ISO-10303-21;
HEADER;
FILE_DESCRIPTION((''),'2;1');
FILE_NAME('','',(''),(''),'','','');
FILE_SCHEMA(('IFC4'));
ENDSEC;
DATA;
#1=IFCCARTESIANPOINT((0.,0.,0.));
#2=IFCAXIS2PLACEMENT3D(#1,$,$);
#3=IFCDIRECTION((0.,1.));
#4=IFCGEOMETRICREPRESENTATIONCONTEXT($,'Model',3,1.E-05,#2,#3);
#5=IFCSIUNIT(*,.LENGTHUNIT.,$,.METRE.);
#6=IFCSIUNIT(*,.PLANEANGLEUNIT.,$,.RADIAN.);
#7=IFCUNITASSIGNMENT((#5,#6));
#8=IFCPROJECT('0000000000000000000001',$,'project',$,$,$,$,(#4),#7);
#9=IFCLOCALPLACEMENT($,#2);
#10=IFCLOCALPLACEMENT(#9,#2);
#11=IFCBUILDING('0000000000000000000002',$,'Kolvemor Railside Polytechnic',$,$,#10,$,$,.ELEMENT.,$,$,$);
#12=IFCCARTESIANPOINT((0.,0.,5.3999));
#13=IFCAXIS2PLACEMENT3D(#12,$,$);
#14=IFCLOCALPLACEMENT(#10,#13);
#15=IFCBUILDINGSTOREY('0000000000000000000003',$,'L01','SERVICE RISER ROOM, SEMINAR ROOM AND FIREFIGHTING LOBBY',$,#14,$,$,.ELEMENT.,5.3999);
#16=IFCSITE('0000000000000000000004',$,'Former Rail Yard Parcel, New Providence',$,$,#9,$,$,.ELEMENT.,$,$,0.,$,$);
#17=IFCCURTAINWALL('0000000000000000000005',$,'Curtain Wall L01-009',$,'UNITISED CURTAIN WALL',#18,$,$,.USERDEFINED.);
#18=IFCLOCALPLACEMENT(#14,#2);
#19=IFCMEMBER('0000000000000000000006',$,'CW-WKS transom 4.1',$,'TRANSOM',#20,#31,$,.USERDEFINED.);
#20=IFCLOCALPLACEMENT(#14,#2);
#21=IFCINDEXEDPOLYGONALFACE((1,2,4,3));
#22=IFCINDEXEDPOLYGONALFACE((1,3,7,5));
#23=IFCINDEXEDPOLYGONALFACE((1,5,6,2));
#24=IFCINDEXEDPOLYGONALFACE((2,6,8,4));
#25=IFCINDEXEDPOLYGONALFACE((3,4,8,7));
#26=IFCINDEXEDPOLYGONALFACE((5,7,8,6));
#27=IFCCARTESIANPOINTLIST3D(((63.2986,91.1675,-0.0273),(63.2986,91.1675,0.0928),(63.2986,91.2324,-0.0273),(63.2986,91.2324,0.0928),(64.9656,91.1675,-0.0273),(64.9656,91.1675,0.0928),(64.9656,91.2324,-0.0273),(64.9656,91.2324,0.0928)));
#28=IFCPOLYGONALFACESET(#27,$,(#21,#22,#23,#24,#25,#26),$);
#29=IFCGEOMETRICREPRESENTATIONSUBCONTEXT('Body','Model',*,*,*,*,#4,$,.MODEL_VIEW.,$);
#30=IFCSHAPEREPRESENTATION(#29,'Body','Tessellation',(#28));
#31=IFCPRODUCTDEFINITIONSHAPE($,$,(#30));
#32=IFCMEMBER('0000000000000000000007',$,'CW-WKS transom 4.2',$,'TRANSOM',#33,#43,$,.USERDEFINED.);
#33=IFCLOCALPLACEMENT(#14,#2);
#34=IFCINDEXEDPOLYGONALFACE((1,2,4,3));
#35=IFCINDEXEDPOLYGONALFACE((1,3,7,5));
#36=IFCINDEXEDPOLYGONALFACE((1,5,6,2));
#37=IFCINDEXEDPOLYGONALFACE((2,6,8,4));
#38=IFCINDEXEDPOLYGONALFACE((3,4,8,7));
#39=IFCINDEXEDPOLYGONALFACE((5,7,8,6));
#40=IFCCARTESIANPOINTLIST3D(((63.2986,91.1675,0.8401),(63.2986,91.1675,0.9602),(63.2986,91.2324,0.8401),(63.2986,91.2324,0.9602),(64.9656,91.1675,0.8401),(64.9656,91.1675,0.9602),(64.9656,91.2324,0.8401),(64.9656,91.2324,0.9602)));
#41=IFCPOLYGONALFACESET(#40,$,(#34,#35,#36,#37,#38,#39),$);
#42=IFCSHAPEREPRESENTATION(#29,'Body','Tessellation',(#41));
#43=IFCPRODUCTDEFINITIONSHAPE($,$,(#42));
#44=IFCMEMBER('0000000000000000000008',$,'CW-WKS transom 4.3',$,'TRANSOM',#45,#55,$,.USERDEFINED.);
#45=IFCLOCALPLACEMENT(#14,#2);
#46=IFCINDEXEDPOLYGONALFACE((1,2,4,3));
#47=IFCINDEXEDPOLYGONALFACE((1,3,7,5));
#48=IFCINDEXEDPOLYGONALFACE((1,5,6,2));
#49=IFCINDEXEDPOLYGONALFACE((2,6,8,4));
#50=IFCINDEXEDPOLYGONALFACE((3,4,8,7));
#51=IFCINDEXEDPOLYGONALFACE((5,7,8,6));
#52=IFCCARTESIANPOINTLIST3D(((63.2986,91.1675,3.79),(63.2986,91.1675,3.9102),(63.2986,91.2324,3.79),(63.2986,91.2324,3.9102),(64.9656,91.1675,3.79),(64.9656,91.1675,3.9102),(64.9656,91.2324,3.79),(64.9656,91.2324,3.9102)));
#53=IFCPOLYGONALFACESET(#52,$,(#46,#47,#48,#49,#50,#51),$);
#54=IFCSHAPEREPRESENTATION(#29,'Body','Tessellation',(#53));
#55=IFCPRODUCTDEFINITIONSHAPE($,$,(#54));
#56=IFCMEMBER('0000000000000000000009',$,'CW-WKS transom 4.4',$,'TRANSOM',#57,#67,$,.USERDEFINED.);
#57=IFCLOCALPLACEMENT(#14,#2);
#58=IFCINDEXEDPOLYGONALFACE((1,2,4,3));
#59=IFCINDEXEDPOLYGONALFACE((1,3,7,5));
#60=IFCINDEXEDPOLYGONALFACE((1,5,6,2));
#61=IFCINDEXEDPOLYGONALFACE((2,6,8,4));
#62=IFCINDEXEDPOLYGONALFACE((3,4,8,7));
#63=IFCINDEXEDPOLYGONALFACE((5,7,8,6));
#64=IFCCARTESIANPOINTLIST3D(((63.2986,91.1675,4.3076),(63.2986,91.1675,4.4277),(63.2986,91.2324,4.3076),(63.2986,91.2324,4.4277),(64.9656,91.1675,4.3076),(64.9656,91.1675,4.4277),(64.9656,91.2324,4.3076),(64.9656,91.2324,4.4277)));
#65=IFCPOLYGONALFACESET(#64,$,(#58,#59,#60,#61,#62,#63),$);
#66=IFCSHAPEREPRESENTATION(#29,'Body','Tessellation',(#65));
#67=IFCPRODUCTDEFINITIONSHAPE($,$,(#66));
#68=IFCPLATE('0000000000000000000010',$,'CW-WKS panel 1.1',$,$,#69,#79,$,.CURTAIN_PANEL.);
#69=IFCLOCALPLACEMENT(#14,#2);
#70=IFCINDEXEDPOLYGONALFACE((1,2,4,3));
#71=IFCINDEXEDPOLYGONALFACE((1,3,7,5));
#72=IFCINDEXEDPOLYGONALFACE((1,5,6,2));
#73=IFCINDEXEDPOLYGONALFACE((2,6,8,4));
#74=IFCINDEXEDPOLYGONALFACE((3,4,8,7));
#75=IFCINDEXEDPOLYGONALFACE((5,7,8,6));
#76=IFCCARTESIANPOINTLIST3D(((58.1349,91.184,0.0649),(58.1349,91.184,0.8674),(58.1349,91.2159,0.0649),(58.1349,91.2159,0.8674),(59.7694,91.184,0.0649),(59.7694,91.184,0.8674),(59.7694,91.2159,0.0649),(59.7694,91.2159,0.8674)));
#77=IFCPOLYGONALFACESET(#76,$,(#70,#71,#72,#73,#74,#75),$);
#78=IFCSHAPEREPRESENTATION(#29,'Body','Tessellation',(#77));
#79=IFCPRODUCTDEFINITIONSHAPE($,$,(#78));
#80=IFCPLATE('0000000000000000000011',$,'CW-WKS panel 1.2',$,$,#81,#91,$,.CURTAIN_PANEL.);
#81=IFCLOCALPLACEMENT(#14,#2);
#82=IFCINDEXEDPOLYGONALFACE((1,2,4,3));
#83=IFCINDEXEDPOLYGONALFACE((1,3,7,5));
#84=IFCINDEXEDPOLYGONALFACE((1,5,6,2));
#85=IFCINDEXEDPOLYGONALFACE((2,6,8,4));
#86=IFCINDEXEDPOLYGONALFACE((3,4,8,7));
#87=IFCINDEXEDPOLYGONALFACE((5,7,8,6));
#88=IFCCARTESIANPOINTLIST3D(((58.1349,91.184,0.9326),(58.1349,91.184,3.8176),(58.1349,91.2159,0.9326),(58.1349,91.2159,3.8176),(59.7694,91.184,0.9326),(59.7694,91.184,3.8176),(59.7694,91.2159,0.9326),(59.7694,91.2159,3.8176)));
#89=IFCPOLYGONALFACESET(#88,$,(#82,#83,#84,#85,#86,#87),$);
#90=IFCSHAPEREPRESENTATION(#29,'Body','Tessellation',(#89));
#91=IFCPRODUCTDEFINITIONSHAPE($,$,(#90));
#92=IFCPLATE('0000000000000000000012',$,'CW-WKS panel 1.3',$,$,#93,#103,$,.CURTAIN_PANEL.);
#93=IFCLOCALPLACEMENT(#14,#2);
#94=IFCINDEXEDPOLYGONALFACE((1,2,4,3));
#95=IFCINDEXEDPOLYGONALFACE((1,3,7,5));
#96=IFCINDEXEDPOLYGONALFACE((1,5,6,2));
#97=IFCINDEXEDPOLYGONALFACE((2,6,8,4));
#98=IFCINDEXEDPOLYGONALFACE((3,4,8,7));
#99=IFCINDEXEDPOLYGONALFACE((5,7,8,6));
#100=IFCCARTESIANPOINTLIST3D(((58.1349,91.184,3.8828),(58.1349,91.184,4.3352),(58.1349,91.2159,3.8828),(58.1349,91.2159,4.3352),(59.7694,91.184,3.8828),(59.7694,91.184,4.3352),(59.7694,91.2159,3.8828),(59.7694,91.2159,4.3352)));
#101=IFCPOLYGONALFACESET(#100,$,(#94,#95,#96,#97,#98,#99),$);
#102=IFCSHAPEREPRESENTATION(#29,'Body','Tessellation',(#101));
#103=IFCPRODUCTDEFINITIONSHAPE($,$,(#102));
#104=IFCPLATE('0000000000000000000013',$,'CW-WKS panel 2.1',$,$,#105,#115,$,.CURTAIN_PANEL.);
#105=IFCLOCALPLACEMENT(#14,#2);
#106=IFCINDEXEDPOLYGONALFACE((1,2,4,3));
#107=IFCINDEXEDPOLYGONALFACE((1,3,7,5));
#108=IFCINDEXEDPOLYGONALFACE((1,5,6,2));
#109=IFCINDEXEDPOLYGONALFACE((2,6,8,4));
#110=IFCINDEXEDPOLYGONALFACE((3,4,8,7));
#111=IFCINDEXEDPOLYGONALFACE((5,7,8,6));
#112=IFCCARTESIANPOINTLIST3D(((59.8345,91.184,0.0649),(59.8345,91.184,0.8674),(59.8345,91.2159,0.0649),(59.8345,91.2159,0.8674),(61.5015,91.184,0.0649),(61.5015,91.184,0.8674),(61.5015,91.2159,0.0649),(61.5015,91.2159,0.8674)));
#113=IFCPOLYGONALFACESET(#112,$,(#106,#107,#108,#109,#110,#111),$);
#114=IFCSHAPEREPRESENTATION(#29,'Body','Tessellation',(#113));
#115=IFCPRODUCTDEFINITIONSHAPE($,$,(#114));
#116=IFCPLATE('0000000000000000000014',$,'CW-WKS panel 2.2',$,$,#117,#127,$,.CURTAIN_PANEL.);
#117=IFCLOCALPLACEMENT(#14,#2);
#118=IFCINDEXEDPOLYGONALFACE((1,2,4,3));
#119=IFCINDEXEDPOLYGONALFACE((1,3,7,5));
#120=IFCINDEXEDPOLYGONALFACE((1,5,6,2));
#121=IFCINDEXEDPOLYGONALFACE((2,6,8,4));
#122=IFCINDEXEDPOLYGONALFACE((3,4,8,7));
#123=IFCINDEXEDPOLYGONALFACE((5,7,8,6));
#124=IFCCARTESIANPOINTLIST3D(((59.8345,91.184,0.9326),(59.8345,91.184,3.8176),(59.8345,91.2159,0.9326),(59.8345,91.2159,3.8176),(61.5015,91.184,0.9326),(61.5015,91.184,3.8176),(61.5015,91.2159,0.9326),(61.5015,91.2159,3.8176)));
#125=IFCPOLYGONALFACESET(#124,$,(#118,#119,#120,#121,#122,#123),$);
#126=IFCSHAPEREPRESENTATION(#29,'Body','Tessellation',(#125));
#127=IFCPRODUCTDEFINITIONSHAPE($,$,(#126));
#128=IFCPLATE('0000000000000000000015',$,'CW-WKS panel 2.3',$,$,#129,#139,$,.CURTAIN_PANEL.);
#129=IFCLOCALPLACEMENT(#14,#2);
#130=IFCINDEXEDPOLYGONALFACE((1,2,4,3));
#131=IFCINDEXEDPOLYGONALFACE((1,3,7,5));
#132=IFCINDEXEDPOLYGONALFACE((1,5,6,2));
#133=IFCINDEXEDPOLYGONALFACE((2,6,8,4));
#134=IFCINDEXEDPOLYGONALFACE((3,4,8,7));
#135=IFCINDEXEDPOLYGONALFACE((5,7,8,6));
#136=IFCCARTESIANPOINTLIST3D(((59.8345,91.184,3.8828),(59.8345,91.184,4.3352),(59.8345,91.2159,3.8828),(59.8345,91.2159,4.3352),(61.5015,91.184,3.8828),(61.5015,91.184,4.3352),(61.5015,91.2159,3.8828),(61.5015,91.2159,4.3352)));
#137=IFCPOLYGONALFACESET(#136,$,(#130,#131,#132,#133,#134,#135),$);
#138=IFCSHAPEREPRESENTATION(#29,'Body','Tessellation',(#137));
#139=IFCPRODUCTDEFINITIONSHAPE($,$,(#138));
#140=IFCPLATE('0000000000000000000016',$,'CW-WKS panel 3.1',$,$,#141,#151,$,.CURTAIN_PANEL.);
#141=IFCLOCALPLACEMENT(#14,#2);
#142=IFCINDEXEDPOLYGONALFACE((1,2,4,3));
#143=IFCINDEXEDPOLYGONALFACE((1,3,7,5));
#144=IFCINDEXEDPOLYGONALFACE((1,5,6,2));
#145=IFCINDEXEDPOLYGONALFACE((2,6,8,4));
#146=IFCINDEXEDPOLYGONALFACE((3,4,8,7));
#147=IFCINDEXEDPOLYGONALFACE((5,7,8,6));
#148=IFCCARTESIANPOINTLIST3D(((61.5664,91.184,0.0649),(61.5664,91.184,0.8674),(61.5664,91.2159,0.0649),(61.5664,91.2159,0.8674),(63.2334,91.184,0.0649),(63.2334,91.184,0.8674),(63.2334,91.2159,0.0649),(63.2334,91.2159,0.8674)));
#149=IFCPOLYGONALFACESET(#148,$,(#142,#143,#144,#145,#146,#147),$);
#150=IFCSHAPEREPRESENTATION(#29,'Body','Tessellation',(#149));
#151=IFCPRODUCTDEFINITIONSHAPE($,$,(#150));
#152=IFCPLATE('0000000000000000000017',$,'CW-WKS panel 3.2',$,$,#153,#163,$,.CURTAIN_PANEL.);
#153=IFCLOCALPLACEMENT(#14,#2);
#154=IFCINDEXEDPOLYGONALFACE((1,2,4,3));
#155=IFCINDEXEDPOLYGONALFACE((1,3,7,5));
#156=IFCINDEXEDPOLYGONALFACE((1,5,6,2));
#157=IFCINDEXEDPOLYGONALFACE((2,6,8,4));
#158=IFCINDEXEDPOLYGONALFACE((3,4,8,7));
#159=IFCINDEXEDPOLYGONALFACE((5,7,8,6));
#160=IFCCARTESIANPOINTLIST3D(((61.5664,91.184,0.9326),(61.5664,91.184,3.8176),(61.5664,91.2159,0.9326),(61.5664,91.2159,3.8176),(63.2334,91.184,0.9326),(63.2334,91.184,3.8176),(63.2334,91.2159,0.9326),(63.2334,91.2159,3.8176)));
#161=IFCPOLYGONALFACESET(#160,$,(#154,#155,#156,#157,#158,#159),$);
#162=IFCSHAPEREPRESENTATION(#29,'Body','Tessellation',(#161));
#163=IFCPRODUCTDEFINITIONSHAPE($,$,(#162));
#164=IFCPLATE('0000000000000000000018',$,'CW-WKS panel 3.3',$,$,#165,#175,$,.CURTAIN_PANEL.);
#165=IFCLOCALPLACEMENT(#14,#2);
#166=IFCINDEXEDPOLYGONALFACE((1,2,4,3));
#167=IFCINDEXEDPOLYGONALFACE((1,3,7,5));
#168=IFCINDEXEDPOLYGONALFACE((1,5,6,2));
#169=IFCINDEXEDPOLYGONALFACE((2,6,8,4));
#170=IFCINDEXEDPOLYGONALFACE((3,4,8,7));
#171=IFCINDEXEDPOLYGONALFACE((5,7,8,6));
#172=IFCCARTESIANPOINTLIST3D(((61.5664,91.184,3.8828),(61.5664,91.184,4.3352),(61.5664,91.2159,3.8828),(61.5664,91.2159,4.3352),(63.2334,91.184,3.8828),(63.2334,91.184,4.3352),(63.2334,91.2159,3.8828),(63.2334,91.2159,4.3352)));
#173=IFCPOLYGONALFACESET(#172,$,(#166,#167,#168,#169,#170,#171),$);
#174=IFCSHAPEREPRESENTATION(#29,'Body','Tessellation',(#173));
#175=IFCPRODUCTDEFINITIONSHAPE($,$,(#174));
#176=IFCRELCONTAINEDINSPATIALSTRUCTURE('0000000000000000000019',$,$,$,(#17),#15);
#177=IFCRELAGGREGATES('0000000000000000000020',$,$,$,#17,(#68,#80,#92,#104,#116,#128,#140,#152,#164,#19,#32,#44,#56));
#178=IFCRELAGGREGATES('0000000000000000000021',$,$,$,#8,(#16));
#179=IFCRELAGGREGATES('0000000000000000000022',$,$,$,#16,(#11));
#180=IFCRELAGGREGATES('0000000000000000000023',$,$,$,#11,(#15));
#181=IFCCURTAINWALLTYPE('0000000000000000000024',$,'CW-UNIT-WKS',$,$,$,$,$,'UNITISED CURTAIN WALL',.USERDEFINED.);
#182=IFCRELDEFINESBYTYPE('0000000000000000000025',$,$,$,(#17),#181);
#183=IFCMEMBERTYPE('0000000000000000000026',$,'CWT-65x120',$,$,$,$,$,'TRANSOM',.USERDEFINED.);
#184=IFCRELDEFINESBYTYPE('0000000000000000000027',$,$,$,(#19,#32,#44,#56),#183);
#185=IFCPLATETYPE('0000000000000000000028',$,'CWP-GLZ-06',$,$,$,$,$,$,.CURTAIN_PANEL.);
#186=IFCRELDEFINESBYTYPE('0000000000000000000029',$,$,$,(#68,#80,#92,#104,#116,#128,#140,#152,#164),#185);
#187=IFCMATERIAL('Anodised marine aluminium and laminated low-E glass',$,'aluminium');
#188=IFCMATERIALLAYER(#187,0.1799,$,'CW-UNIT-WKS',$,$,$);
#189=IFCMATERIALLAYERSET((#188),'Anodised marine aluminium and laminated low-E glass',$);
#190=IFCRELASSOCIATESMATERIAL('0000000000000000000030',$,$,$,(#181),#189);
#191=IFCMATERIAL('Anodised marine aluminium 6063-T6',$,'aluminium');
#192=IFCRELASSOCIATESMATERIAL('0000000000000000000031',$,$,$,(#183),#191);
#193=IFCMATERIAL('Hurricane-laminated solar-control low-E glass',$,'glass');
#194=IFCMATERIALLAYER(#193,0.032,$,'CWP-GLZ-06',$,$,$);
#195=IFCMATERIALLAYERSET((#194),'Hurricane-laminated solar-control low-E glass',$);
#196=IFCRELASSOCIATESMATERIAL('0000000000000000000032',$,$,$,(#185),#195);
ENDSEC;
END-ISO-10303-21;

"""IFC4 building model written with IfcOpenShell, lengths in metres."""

from ifc_helpers import new_model, si_unit, direction, frame, origin, origin_2d, place, context, subcontext, project, spatial, rectangle, extrude, material, layer, layer_set, material_profile, profile_set, type_object, element, aggregate, save


model = new_model("IFC4")

# Units and contexts
model_context = context("Model", 3, precision=1e-05, world=origin(), true_north=direction((0.0, 1.0)))
body_context = subcontext(model_context, "Body", "Model", "MODEL_VIEW")
ifc_project = project(units=[si_unit("LENGTHUNIT", "METRE"), si_unit("PLANEANGLEUNIT", "RADIAN")], contexts=[model_context])

# Site, building, storey
site_placement = place(None, origin())
site = spatial("IfcSite", under=ifc_project, at=site_placement, Name="Former Rail Yard Parcel, New Providence", CompositionType="ELEMENT", RefElevation=0.0)
building_placement = place(site_placement, origin())
building = spatial("IfcBuilding", under=site, at=building_placement, Name="Kolvemor Railside Polytechnic", CompositionType="ELEMENT")
storey_placement = place(building_placement, frame((0.0, 0.0, 5.3999)))
storey = spatial("IfcBuildingStorey", under=building, at=storey_placement, Name="L01", Description="SERVICE RISER ROOM, SEMINAR ROOM AND FIREFIGHTING LOBBY", CompositionType="ELEMENT", Elevation=5.3999)

# Curtain wall, members, plates
ifc_material_1 = material(Name="Anodised marine aluminium and laminated low-E glass", Category="aluminium")
ifc_layer_1 = layer(ifc_material_1, 0.1799, Name="CW-UNIT-WKS")
ifc_layer_set_1 = layer_set([ifc_layer_1], Name="Anodised marine aluminium and laminated low-E glass")
curtain_wall_type = type_object("IfcCurtainWallType", Name="CW-UNIT-WKS", ElementType="UNITISED CURTAIN WALL", PredefinedType="USERDEFINED", material=ifc_layer_set_1)
curtain_wall_placement = place(storey_placement, origin())
curtain_wall = element("IfcCurtainWall", 1, at=curtain_wall_placement, inside=storey, type_object=curtain_wall_type, Name="Curtain Wall L01-009", ObjectType="UNITISED CURTAIN WALL", PredefinedType="USERDEFINED")
ifc_material_2 = material(Name="Anodised marine aluminium 6063-T6", Category="aluminium")
ifc_material_profile_1 = material_profile(ifc_material_2, rectangle(XDim=0.0649, YDim=0.1201, at=origin_2d()), Name="CW-TRN-65x120")
ifc_profile_set_1 = profile_set([ifc_material_profile_1], Name="Anodised marine aluminium 6063-T6")
member_type_1 = type_object("IfcMemberType", Name="CWT-65x120", ElementType="TRANSOM", PredefinedType="USERDEFINED", material=ifc_profile_set_1)
member_1_placement = place(storey_placement, frame((63.2986, 91.2, 0.0327), z_axis=(1.0, 0.0, 0.0), x_axis=(0.0, 1.0, 0.0)))
member_1 = element("IfcMember", 2, at=member_1_placement, type_object=member_type_1, Name="CW-WKS transom 4.1", ObjectType="TRANSOM", PredefinedType="USERDEFINED", context=body_context, shape_type="SweptSolid", body=[
    extrude(rectangle(XDim=0.0649, YDim=0.1201, at=origin_2d()), origin(), (0.0, 0.0, 1.0), 1.667),
])
member_2_placement = place(storey_placement, frame((63.2986, 91.2, 0.9001), z_axis=(1.0, 0.0, 0.0), x_axis=(0.0, 1.0, 0.0)))
member_2 = element("IfcMember", 3, at=member_2_placement, type_object=member_type_1, Name="CW-WKS transom 4.2", ObjectType="TRANSOM", PredefinedType="USERDEFINED", context=body_context, shape_type="SweptSolid", body=[
    extrude(rectangle(XDim=0.0649, YDim=0.1201, at=origin_2d()), origin(), (0.0, 0.0, 1.0), 1.667),
])
member_3_placement = place(storey_placement, frame((63.2986, 91.2, 3.8501), z_axis=(1.0, 0.0, 0.0), x_axis=(0.0, 1.0, 0.0)))
member_3 = element("IfcMember", 4, at=member_3_placement, type_object=member_type_1, Name="CW-WKS transom 4.3", ObjectType="TRANSOM", PredefinedType="USERDEFINED", context=body_context, shape_type="SweptSolid", body=[
    extrude(rectangle(XDim=0.0649, YDim=0.1201, at=origin_2d()), origin(), (0.0, 0.0, 1.0), 1.667),
])
member_4_placement = place(storey_placement, frame((63.2986, 91.2, 4.3677), z_axis=(1.0, 0.0, 0.0), x_axis=(0.0, 1.0, 0.0)))
member_4 = element("IfcMember", 5, at=member_4_placement, type_object=member_type_1, Name="CW-WKS transom 4.4", ObjectType="TRANSOM", PredefinedType="USERDEFINED", context=body_context, shape_type="SweptSolid", body=[
    extrude(rectangle(XDim=0.0649, YDim=0.1201, at=origin_2d()), origin(), (0.0, 0.0, 1.0), 1.667),
])
ifc_material_3 = material(Name="Hurricane-laminated solar-control low-E glass", Category="glass")
ifc_layer_2 = layer(ifc_material_3, 0.032, Name="CWP-GLZ-06")
ifc_layer_set_2 = layer_set([ifc_layer_2], Name="Hurricane-laminated solar-control low-E glass")
plate_type = type_object("IfcPlateType", Name="CWP-GLZ-06", PredefinedType="CURTAIN_PANEL", material=ifc_layer_set_2)
plate_1_placement = place(storey_placement, frame((58.9521, 91.2, 0.0649), z_axis=(0.0, 0.0, 1.0), x_axis=(1.0, 0.0, 0.0)))
plate_1 = element("IfcPlate", 6, at=plate_1_placement, type_object=plate_type, Name="CW-WKS panel 1.1", PredefinedType="CURTAIN_PANEL", context=body_context, shape_type="SweptSolid", body=[
    extrude(rectangle(XDim=1.6345, YDim=0.032, at=origin_2d()), origin(), (0.0, 0.0, 1.0), 0.8025),
])
plate_2_placement = place(storey_placement, frame((58.9521, 91.2, 0.9326), z_axis=(0.0, 0.0, 1.0), x_axis=(1.0, 0.0, 0.0)))
plate_2 = element("IfcPlate", 7, at=plate_2_placement, type_object=plate_type, Name="CW-WKS panel 1.2", PredefinedType="CURTAIN_PANEL", context=body_context, shape_type="SweptSolid", body=[
    extrude(rectangle(XDim=1.6345, YDim=0.032, at=origin_2d()), origin(), (0.0, 0.0, 1.0), 2.885),
])
plate_3_placement = place(storey_placement, frame((58.9521, 91.2, 3.8828), z_axis=(0.0, 0.0, 1.0), x_axis=(1.0, 0.0, 0.0)))
plate_3 = element("IfcPlate", 8, at=plate_3_placement, type_object=plate_type, Name="CW-WKS panel 1.3", PredefinedType="CURTAIN_PANEL", context=body_context, shape_type="SweptSolid", body=[
    extrude(rectangle(XDim=1.6345, YDim=0.032, at=origin_2d()), origin(), (0.0, 0.0, 1.0), 0.4524),
])
plate_4_placement = place(storey_placement, frame((60.668, 91.2, 0.0649), z_axis=(0.0, 0.0, 1.0), x_axis=(1.0, 0.0, 0.0)))
plate_4 = element("IfcPlate", 9, at=plate_4_placement, type_object=plate_type, Name="CW-WKS panel 2.1", PredefinedType="CURTAIN_PANEL", context=body_context, shape_type="SweptSolid", body=[
    extrude(rectangle(XDim=1.667, YDim=0.032, at=origin_2d()), origin(), (0.0, 0.0, 1.0), 0.8025),
])
plate_5_placement = place(storey_placement, frame((60.668, 91.2, 0.9326), z_axis=(0.0, 0.0, 1.0), x_axis=(1.0, 0.0, 0.0)))
plate_5 = element("IfcPlate", 10, at=plate_5_placement, type_object=plate_type, Name="CW-WKS panel 2.2", PredefinedType="CURTAIN_PANEL", context=body_context, shape_type="SweptSolid", body=[
    extrude(rectangle(XDim=1.667, YDim=0.032, at=origin_2d()), origin(), (0.0, 0.0, 1.0), 2.885),
])
plate_6_placement = place(storey_placement, frame((60.668, 91.2, 3.8828), z_axis=(0.0, 0.0, 1.0), x_axis=(1.0, 0.0, 0.0)))
plate_6 = element("IfcPlate", 11, at=plate_6_placement, type_object=plate_type, Name="CW-WKS panel 2.3", PredefinedType="CURTAIN_PANEL", context=body_context, shape_type="SweptSolid", body=[
    extrude(rectangle(XDim=1.667, YDim=0.032, at=origin_2d()), origin(), (0.0, 0.0, 1.0), 0.4524),
])
plate_7_placement = place(storey_placement, frame((62.3999, 91.2, 0.0649), z_axis=(0.0, 0.0, 1.0), x_axis=(1.0, 0.0, 0.0)))
plate_7 = element("IfcPlate", 12, at=plate_7_placement, type_object=plate_type, Name="CW-WKS panel 3.1", PredefinedType="CURTAIN_PANEL", context=body_context, shape_type="SweptSolid", body=[
    extrude(rectangle(XDim=1.667, YDim=0.032, at=origin_2d()), origin(), (0.0, 0.0, 1.0), 0.8025),
])
plate_8_placement = place(storey_placement, frame((62.3999, 91.2, 0.9326), z_axis=(0.0, 0.0, 1.0), x_axis=(1.0, 0.0, 0.0)))
plate_8 = element("IfcPlate", 13, at=plate_8_placement, type_object=plate_type, Name="CW-WKS panel 3.2", PredefinedType="CURTAIN_PANEL", context=body_context, shape_type="SweptSolid", body=[
    extrude(rectangle(XDim=1.667, YDim=0.032, at=origin_2d()), origin(), (0.0, 0.0, 1.0), 2.885),
])
plate_9_placement = place(storey_placement, frame((62.3999, 91.2, 3.8828), z_axis=(0.0, 0.0, 1.0), x_axis=(1.0, 0.0, 0.0)))
plate_9 = element("IfcPlate", 14, at=plate_9_placement, type_object=plate_type, Name="CW-WKS panel 3.3", PredefinedType="CURTAIN_PANEL", context=body_context, shape_type="SweptSolid", body=[
    extrude(rectangle(XDim=1.667, YDim=0.032, at=origin_2d()), origin(), (0.0, 0.0, 1.0), 0.4524),
])
aggregate(curtain_wall, [plate_1, plate_2, plate_3, plate_4, plate_5, plate_6, plate_7, plate_8, plate_9, member_1, member_2, member_3, member_4])

save(model, "model.ifc")
